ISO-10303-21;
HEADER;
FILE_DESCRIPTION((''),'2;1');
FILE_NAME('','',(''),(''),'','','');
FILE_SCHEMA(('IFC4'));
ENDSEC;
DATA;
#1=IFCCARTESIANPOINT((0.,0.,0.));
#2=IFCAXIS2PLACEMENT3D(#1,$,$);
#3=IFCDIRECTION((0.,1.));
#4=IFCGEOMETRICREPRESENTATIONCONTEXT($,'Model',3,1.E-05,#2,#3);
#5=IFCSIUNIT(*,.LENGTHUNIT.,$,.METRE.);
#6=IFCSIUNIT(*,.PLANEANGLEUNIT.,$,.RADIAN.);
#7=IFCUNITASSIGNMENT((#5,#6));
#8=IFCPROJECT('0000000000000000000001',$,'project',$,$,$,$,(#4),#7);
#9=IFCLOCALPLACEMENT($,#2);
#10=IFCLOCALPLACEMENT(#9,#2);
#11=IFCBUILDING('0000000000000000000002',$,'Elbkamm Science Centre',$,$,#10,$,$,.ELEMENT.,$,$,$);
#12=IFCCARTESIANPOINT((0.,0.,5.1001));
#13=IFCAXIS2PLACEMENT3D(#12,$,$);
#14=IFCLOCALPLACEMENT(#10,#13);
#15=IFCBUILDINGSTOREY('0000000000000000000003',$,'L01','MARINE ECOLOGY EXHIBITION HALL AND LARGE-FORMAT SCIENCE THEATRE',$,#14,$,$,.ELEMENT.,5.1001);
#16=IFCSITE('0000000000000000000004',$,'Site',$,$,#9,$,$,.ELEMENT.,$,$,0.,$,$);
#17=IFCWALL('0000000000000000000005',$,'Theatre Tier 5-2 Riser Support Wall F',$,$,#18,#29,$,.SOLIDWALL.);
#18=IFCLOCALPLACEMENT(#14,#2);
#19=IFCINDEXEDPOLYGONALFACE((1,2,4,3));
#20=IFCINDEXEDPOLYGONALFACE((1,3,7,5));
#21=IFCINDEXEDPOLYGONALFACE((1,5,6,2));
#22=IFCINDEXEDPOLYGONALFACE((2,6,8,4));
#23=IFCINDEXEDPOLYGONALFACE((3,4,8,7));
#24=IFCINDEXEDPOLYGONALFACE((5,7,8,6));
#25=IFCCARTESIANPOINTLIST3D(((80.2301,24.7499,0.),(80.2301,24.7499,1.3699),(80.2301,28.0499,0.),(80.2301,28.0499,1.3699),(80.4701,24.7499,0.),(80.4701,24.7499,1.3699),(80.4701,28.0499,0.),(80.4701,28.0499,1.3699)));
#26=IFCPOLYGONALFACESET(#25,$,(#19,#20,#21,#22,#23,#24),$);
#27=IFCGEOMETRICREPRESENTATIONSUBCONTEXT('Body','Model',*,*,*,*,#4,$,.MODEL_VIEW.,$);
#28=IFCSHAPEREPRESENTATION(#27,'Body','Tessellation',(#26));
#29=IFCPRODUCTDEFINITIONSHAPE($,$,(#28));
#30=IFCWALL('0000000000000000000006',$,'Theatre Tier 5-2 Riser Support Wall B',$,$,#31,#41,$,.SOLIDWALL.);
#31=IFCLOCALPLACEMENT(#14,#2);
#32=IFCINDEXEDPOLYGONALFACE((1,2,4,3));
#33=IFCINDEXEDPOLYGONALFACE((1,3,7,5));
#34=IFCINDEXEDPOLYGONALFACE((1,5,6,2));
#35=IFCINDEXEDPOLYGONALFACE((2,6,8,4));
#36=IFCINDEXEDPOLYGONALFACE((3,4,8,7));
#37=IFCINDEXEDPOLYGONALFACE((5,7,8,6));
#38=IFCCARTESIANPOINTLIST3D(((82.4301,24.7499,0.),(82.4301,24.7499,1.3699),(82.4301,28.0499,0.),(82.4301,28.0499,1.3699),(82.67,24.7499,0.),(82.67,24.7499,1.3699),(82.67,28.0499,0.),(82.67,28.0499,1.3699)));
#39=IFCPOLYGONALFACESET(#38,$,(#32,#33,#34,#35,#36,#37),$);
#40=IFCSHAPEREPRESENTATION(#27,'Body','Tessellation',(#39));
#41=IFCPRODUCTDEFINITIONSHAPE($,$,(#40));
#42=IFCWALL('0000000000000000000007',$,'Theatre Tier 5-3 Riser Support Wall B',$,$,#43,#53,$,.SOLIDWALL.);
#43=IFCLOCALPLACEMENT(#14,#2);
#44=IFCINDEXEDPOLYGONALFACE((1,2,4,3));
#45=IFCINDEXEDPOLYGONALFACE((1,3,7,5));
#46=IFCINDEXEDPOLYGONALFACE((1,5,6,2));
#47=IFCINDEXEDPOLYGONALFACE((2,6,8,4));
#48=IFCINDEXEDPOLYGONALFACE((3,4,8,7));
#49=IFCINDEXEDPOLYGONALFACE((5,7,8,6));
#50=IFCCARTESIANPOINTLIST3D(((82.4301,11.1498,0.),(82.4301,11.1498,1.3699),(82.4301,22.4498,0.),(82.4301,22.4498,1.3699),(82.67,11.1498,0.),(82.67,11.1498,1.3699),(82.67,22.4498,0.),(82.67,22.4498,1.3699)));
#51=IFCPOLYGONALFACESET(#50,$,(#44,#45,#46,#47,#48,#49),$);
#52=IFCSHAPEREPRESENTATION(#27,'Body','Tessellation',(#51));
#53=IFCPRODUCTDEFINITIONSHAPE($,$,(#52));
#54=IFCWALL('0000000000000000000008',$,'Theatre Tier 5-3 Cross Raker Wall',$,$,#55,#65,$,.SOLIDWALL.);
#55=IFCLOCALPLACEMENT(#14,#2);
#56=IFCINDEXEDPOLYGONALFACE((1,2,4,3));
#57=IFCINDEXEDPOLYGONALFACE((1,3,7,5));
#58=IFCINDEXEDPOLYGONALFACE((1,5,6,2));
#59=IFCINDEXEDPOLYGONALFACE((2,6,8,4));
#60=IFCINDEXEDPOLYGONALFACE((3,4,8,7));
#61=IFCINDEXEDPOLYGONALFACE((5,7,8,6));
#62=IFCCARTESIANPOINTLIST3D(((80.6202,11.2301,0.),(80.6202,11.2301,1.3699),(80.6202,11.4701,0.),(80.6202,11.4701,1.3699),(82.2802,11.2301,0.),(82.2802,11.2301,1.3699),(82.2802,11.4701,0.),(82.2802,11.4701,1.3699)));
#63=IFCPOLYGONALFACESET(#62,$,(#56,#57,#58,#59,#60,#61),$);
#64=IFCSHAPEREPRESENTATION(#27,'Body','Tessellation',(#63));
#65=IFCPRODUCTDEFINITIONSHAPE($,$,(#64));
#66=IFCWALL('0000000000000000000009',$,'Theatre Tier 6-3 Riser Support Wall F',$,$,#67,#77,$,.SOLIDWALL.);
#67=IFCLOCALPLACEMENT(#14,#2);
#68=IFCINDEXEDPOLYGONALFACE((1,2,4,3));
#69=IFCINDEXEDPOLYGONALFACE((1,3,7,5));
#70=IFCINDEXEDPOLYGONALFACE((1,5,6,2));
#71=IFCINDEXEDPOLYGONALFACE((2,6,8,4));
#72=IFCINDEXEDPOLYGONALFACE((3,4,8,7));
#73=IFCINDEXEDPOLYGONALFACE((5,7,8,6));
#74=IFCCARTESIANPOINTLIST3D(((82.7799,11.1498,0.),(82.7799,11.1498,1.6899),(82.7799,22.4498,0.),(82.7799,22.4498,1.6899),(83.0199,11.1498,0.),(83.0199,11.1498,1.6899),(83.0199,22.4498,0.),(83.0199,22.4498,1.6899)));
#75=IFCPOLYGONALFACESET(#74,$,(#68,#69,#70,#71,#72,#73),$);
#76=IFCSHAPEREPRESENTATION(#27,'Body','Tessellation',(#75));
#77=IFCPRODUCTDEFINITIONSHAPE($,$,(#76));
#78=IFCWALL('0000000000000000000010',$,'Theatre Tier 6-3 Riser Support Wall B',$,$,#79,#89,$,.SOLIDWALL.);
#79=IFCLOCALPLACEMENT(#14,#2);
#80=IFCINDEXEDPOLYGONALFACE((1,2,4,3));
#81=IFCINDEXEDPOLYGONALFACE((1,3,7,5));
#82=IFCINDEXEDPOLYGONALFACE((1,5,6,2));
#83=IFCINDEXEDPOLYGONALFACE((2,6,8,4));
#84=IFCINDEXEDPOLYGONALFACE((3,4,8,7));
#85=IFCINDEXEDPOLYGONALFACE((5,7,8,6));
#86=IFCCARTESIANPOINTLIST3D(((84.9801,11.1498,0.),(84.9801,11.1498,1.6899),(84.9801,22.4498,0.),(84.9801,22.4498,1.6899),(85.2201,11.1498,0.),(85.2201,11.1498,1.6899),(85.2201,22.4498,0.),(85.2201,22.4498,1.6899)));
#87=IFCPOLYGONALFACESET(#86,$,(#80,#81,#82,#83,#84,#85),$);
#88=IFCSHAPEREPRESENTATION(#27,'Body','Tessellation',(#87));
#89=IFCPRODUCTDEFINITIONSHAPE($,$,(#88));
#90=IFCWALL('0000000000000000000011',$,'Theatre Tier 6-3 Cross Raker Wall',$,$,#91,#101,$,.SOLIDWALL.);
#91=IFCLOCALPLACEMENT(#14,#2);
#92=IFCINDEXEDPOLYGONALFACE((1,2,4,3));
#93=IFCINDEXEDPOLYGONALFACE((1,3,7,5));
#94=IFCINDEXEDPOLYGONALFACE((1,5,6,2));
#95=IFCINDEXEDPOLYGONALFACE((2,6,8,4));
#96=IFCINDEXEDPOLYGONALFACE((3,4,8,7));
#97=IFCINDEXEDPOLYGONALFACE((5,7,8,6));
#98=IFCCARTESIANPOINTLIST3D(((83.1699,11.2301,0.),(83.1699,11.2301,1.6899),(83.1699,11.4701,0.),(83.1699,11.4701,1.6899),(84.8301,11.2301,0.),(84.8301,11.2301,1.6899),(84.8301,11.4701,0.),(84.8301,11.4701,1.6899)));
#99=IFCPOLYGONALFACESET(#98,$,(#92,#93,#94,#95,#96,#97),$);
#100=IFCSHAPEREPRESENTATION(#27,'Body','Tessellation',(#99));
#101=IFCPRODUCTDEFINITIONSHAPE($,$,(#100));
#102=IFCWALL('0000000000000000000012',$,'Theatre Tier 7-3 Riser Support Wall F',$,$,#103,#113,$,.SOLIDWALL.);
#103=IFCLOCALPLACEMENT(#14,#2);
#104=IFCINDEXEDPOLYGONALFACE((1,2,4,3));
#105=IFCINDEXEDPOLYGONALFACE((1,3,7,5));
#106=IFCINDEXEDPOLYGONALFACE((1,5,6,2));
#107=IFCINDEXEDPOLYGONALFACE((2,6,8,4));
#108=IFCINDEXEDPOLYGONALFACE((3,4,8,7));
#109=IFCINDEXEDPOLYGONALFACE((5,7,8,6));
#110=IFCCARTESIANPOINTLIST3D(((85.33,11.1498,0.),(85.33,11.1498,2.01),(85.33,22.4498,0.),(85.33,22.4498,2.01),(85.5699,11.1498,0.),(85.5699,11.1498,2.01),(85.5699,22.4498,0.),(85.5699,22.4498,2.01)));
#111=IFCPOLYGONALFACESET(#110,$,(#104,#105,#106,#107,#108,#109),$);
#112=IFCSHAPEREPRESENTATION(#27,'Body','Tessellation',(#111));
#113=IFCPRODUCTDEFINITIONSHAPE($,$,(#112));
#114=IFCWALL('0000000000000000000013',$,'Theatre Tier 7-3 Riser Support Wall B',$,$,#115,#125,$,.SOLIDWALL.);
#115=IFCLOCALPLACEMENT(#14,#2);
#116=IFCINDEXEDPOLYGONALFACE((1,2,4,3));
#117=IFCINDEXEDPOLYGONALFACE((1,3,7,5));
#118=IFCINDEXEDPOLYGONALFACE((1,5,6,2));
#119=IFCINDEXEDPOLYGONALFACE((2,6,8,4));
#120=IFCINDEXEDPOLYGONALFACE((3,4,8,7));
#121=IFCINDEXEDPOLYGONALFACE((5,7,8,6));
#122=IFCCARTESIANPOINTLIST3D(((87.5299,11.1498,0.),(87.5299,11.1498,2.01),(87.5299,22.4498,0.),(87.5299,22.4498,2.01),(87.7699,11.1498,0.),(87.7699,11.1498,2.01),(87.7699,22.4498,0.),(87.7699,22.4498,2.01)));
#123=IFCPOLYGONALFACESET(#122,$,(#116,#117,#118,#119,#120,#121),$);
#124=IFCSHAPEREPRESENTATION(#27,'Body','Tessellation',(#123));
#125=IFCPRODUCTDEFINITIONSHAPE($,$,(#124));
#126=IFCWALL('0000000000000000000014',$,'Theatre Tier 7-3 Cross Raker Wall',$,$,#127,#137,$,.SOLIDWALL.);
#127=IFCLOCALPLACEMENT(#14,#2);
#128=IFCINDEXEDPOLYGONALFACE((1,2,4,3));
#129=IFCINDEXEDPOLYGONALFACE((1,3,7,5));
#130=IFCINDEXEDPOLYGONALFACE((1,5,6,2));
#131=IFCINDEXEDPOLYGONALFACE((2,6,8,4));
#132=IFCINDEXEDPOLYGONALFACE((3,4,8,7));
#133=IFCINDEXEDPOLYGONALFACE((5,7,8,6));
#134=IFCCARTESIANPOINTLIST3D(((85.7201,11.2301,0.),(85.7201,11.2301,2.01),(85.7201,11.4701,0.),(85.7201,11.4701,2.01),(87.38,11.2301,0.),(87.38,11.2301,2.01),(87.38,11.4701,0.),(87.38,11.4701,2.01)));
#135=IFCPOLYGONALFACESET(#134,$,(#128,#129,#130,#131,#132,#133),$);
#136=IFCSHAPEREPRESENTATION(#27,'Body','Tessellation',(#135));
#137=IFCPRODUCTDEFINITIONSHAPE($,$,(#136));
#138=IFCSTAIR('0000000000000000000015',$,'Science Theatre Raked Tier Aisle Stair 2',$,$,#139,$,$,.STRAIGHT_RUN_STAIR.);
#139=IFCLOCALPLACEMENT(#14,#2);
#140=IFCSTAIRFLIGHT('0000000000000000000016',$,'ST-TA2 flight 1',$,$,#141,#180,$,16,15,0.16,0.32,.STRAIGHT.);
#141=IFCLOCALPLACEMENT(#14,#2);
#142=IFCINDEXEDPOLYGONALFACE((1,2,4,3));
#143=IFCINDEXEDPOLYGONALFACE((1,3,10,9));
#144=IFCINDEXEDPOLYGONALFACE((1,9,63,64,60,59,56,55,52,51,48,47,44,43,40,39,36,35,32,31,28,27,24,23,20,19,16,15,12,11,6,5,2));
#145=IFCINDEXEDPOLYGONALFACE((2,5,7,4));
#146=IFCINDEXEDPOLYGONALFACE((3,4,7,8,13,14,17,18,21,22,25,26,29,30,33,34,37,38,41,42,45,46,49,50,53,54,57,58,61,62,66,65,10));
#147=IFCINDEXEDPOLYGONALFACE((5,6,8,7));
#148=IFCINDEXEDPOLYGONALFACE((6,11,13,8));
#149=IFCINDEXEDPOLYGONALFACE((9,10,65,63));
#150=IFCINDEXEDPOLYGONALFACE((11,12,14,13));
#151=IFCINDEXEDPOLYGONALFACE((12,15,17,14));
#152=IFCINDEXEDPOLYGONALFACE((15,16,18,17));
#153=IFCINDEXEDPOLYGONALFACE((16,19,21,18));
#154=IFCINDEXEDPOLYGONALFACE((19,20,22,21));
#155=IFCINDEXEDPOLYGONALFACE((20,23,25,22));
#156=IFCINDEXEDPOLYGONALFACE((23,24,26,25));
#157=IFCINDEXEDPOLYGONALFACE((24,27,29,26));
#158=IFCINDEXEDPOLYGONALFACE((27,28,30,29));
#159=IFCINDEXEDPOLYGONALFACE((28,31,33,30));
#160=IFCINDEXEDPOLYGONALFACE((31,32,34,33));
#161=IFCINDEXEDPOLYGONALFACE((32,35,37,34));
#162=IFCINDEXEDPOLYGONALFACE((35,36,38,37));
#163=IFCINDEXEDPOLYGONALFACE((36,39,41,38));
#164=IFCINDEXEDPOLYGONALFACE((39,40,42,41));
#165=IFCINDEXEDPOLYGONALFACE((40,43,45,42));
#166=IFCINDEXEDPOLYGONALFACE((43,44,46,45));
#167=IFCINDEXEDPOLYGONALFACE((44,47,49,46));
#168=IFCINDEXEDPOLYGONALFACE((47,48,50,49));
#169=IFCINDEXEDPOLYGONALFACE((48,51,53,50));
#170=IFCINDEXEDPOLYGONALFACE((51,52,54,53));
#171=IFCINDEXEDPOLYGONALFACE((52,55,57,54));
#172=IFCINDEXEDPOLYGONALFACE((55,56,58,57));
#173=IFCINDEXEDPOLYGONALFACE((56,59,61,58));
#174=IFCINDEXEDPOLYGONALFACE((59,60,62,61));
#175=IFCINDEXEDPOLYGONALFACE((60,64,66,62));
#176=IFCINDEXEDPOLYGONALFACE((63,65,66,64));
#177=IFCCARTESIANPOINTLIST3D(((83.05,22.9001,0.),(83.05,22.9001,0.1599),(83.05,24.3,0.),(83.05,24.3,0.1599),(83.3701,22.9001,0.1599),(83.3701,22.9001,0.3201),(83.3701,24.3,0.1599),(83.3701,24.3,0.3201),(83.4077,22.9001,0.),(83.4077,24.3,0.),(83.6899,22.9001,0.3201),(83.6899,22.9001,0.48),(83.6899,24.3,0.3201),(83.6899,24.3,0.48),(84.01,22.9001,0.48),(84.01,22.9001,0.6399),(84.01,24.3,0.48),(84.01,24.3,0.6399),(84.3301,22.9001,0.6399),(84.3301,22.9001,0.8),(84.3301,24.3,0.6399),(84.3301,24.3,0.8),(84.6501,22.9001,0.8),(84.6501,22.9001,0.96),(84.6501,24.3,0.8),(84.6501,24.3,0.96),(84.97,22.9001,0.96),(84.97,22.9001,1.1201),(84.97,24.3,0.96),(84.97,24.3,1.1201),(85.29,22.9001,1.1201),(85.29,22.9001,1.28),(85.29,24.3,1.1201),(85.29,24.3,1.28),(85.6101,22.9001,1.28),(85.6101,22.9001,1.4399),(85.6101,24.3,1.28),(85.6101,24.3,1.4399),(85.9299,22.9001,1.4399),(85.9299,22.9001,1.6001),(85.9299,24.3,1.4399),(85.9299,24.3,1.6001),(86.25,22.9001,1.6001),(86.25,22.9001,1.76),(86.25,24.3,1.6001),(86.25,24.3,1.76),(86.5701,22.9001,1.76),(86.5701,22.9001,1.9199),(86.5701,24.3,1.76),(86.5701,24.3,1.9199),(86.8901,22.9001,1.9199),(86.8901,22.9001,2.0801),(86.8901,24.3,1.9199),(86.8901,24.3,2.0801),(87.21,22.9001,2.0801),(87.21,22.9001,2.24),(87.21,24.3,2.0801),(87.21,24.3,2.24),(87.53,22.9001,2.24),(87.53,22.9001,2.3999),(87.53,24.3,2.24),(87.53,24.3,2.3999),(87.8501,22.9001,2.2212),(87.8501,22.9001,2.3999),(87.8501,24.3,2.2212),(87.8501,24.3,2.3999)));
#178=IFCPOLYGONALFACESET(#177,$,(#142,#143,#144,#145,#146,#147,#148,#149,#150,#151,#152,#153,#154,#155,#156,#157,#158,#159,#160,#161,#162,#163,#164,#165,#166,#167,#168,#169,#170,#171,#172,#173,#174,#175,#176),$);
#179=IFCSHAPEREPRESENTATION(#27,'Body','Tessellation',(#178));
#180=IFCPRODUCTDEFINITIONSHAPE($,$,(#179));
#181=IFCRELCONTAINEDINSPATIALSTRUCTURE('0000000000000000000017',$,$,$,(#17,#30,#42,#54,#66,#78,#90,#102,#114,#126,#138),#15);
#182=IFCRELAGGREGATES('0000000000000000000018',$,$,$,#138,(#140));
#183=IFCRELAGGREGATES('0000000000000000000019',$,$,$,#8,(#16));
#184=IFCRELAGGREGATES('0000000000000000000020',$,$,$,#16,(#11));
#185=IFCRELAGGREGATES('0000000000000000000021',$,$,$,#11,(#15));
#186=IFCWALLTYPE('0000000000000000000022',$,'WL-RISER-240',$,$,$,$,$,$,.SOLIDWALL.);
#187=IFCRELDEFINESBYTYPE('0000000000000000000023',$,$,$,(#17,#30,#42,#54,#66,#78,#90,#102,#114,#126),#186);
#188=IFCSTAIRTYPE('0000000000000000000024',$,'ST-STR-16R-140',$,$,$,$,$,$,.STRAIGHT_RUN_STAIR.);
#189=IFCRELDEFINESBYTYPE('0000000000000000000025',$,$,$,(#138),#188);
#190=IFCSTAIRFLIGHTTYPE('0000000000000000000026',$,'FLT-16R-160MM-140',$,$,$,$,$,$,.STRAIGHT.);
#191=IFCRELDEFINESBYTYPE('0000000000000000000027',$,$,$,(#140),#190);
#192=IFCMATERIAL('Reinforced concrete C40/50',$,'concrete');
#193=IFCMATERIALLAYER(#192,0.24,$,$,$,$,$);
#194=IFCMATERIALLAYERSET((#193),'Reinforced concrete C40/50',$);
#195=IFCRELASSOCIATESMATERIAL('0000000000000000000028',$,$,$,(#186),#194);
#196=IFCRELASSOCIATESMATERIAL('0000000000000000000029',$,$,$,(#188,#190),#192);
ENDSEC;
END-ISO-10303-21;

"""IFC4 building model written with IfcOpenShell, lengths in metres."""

from ifc_helpers import new_model, si_unit, direction, frame, frame_2d, origin, place, context, subcontext, project, spatial, polyline, rectangle, outline, extrude, material, layer, layer_set, type_object, element, aggregate, save


model = new_model("IFC4")

# Units and contexts
model_context = context("Model", 3, precision=1e-05, world=origin(), true_north=direction((0.0, 1.0)))
body_context = subcontext(model_context, "Body", "Model", "MODEL_VIEW")
ifc_project = project(units=[si_unit("LENGTHUNIT", "METRE"), si_unit("PLANEANGLEUNIT", "RADIAN")], contexts=[model_context])

# Site, building, storey
site_placement = place(None, origin())
site = spatial("IfcSite", under=ifc_project, at=site_placement, Name="Site", CompositionType="ELEMENT", RefElevation=0.0)
building_placement = place(site_placement, origin())
building = spatial("IfcBuilding", under=site, at=building_placement, Name="Elbkamm Science Centre", CompositionType="ELEMENT")
storey_placement = place(building_placement, frame((0.0, 0.0, 5.1001)))
storey = spatial("IfcBuildingStorey", under=building, at=storey_placement, Name="L01", Description="MARINE ECOLOGY EXHIBITION HALL AND LARGE-FORMAT SCIENCE THEATRE", CompositionType="ELEMENT", Elevation=5.1001)

# Walls
ifc_material_1 = material(Name="Reinforced concrete C40/50", Category="concrete")
ifc_layer = layer(ifc_material_1, 0.24)
ifc_layer_set = layer_set([ifc_layer], Name="Reinforced concrete C40/50")
wall_type = type_object("IfcWallType", Name="WL-RISER-240", PredefinedType="SOLIDWALL", material=ifc_layer_set)
for number, where, z_axis, x_axis, name in (
    (1, (80.3501, 24.75, 0.0), (0.0, 0.0, 1.0), (0.0, 1.0, 0.0), "Theatre Tier 5-2 Riser Support Wall F"),
    (2, (82.55, 24.75, 0.0), (0.0, 0.0, 1.0), (0.0, 1.0, 0.0), "Theatre Tier 5-2 Riser Support Wall B"),
):
    element("IfcWall", number, at=place(storey_placement, frame(where, z_axis=z_axis, x_axis=x_axis)), inside=storey, type_object=wall_type, Name=name, PredefinedType="SOLIDWALL", context=body_context, shape_type="SweptSolid", body=[
        extrude(rectangle(XDim=3.3, YDim=0.24, at=frame_2d((1.6499, 0.0))), origin(), (0.0, 0.0, 1.0), 1.3699),
    ])
wall_1_placement = place(storey_placement, frame((82.55, 11.1499, 0.0), z_axis=(0.0, 0.0, 1.0), x_axis=(0.0, 1.0, 0.0)))
element("IfcWall", 3, at=wall_1_placement, inside=storey, type_object=wall_type, Name="Theatre Tier 5-3 Riser Support Wall B", PredefinedType="SOLIDWALL", context=body_context, shape_type="SweptSolid", body=[
    extrude(rectangle(XDim=11.3, YDim=0.24, at=frame_2d((5.6499, 0.0))), origin(), (0.0, 0.0, 1.0), 1.3699),
])
wall_2_placement = place(storey_placement, frame((80.6201, 11.3501, 0.0), z_axis=(0.0, 0.0, 1.0), x_axis=(1.0, 0.0, 0.0)))
element("IfcWall", 4, at=wall_2_placement, inside=storey, type_object=wall_type, Name="Theatre Tier 5-3 Cross Raker Wall", PredefinedType="SOLIDWALL", context=body_context, shape_type="SweptSolid", body=[
    extrude(rectangle(XDim=1.6599, YDim=0.24, at=frame_2d((0.8301, 0.0))), origin(), (0.0, 0.0, 1.0), 1.3699),
])
for number, where, z_axis, x_axis, name in (
    (5, (82.8999, 11.1499, 0.0), (0.0, 0.0, 1.0), (0.0, 1.0, 0.0), "Theatre Tier 6-3 Riser Support Wall F"),
    (6, (85.1001, 11.1499, 0.0), (0.0, 0.0, 1.0), (0.0, 1.0, 0.0), "Theatre Tier 6-3 Riser Support Wall B"),
):
    element("IfcWall", number, at=place(storey_placement, frame(where, z_axis=z_axis, x_axis=x_axis)), inside=storey, type_object=wall_type, Name=name, PredefinedType="SOLIDWALL", context=body_context, shape_type="SweptSolid", body=[
        extrude(rectangle(XDim=11.3, YDim=0.24, at=frame_2d((5.6499, 0.0))), origin(), (0.0, 0.0, 1.0), 1.6899),
    ])
wall_3_placement = place(storey_placement, frame((83.1699, 11.3501, 0.0), z_axis=(0.0, 0.0, 1.0), x_axis=(1.0, 0.0, 0.0)))
element("IfcWall", 7, at=wall_3_placement, inside=storey, type_object=wall_type, Name="Theatre Tier 6-3 Cross Raker Wall", PredefinedType="SOLIDWALL", context=body_context, shape_type="SweptSolid", body=[
    extrude(rectangle(XDim=1.6602, YDim=0.24, at=frame_2d((0.8301, 0.0))), origin(), (0.0, 0.0, 1.0), 1.6899),
])
for number, where, z_axis, x_axis, name in (
    (8, (85.45, 11.1499, 0.0), (0.0, 0.0, 1.0), (0.0, 1.0, 0.0), "Theatre Tier 7-3 Riser Support Wall F"),
    (9, (87.6499, 11.1499, 0.0), (0.0, 0.0, 1.0), (0.0, 1.0, 0.0), "Theatre Tier 7-3 Riser Support Wall B"),
):
    element("IfcWall", number, at=place(storey_placement, frame(where, z_axis=z_axis, x_axis=x_axis)), inside=storey, type_object=wall_type, Name=name, PredefinedType="SOLIDWALL", context=body_context, shape_type="SweptSolid", body=[
        extrude(rectangle(XDim=11.3, YDim=0.24, at=frame_2d((5.6499, 0.0))), origin(), (0.0, 0.0, 1.0), 2.01),
    ])
wall_4_placement = place(storey_placement, frame((85.72, 11.3501, 0.0), z_axis=(0.0, 0.0, 1.0), x_axis=(1.0, 0.0, 0.0)))
element("IfcWall", 10, at=wall_4_placement, inside=storey, type_object=wall_type, Name="Theatre Tier 7-3 Cross Raker Wall", PredefinedType="SOLIDWALL", context=body_context, shape_type="SweptSolid", body=[
    extrude(rectangle(XDim=1.6599, YDim=0.24, at=frame_2d((0.8301, 0.0))), origin(), (0.0, 0.0, 1.0), 2.01),
])

# Stair, stair flight
stair_type = type_object("IfcStairType", Name="ST-STR-16R-140", PredefinedType="STRAIGHT_RUN_STAIR", material=ifc_material_1)
stair_placement = place(storey_placement, origin())
stair = element("IfcStair", 11, at=stair_placement, inside=storey, type_object=stair_type, Name="Science Theatre Raked Tier Aisle Stair 2", PredefinedType="STRAIGHT_RUN_STAIR")
stair_flight_type = type_object("IfcStairFlightType", Name="FLT-16R-160MM-140", PredefinedType="STRAIGHT", material=ifc_material_1)
stair_flight_placement = place(storey_placement, frame((83.05, 23.6001, 0.0), z_axis=(0.0, 0.0, 1.0), x_axis=(1.0, 0.0, 0.0)))
stair_flight = element("IfcStairFlight", 12, at=stair_flight_placement, type_object=stair_flight_type, Name="ST-TA2 flight 1", NumberOfRisers=16, NumberOfTreads=15, PredefinedType="STRAIGHT", RiserHeight=0.16, TreadLength=0.32, context=body_context, shape_type="SweptSolid", body=[
    extrude(outline(polyline([(0.0, 0.0), (0.0, 0.1599), (0.3201, 0.1599), (0.3201, 0.3201), (0.6399, 0.3201), (0.6399, 0.48), (0.96, 0.48), (0.96, 0.6399), (1.28, 0.6399), (1.28, 0.8), (1.6001, 0.8), (1.6001, 0.96), (1.9199, 0.96), (1.9199, 1.1201), (2.24, 1.1201), (2.24, 1.28), (2.5601, 1.28), (2.5601, 1.4399), (2.8799, 1.4399), (2.8799, 1.6001), (3.2, 1.6001), (3.2, 1.76), (3.52, 1.76), (3.52, 1.9199), (3.8401, 1.9199), (3.8401, 2.0801), (4.1599, 2.0801), (4.1599, 2.24), (4.48, 2.24), (4.48, 2.3999), (4.8, 2.3999), (4.8, 2.5601), (4.8, 2.2212), (0.3577, 0.0), (0.0, 0.0)])), frame((0.0, 0.7, 0.0), z_axis=(0.0, -1.0, 0.0), x_axis=(1.0, 0.0, 0.0)), (0.0, 0.0, 1.0), 1.3999),
])
aggregate(stair, [stair_flight])

save(model, "model.ifc")
